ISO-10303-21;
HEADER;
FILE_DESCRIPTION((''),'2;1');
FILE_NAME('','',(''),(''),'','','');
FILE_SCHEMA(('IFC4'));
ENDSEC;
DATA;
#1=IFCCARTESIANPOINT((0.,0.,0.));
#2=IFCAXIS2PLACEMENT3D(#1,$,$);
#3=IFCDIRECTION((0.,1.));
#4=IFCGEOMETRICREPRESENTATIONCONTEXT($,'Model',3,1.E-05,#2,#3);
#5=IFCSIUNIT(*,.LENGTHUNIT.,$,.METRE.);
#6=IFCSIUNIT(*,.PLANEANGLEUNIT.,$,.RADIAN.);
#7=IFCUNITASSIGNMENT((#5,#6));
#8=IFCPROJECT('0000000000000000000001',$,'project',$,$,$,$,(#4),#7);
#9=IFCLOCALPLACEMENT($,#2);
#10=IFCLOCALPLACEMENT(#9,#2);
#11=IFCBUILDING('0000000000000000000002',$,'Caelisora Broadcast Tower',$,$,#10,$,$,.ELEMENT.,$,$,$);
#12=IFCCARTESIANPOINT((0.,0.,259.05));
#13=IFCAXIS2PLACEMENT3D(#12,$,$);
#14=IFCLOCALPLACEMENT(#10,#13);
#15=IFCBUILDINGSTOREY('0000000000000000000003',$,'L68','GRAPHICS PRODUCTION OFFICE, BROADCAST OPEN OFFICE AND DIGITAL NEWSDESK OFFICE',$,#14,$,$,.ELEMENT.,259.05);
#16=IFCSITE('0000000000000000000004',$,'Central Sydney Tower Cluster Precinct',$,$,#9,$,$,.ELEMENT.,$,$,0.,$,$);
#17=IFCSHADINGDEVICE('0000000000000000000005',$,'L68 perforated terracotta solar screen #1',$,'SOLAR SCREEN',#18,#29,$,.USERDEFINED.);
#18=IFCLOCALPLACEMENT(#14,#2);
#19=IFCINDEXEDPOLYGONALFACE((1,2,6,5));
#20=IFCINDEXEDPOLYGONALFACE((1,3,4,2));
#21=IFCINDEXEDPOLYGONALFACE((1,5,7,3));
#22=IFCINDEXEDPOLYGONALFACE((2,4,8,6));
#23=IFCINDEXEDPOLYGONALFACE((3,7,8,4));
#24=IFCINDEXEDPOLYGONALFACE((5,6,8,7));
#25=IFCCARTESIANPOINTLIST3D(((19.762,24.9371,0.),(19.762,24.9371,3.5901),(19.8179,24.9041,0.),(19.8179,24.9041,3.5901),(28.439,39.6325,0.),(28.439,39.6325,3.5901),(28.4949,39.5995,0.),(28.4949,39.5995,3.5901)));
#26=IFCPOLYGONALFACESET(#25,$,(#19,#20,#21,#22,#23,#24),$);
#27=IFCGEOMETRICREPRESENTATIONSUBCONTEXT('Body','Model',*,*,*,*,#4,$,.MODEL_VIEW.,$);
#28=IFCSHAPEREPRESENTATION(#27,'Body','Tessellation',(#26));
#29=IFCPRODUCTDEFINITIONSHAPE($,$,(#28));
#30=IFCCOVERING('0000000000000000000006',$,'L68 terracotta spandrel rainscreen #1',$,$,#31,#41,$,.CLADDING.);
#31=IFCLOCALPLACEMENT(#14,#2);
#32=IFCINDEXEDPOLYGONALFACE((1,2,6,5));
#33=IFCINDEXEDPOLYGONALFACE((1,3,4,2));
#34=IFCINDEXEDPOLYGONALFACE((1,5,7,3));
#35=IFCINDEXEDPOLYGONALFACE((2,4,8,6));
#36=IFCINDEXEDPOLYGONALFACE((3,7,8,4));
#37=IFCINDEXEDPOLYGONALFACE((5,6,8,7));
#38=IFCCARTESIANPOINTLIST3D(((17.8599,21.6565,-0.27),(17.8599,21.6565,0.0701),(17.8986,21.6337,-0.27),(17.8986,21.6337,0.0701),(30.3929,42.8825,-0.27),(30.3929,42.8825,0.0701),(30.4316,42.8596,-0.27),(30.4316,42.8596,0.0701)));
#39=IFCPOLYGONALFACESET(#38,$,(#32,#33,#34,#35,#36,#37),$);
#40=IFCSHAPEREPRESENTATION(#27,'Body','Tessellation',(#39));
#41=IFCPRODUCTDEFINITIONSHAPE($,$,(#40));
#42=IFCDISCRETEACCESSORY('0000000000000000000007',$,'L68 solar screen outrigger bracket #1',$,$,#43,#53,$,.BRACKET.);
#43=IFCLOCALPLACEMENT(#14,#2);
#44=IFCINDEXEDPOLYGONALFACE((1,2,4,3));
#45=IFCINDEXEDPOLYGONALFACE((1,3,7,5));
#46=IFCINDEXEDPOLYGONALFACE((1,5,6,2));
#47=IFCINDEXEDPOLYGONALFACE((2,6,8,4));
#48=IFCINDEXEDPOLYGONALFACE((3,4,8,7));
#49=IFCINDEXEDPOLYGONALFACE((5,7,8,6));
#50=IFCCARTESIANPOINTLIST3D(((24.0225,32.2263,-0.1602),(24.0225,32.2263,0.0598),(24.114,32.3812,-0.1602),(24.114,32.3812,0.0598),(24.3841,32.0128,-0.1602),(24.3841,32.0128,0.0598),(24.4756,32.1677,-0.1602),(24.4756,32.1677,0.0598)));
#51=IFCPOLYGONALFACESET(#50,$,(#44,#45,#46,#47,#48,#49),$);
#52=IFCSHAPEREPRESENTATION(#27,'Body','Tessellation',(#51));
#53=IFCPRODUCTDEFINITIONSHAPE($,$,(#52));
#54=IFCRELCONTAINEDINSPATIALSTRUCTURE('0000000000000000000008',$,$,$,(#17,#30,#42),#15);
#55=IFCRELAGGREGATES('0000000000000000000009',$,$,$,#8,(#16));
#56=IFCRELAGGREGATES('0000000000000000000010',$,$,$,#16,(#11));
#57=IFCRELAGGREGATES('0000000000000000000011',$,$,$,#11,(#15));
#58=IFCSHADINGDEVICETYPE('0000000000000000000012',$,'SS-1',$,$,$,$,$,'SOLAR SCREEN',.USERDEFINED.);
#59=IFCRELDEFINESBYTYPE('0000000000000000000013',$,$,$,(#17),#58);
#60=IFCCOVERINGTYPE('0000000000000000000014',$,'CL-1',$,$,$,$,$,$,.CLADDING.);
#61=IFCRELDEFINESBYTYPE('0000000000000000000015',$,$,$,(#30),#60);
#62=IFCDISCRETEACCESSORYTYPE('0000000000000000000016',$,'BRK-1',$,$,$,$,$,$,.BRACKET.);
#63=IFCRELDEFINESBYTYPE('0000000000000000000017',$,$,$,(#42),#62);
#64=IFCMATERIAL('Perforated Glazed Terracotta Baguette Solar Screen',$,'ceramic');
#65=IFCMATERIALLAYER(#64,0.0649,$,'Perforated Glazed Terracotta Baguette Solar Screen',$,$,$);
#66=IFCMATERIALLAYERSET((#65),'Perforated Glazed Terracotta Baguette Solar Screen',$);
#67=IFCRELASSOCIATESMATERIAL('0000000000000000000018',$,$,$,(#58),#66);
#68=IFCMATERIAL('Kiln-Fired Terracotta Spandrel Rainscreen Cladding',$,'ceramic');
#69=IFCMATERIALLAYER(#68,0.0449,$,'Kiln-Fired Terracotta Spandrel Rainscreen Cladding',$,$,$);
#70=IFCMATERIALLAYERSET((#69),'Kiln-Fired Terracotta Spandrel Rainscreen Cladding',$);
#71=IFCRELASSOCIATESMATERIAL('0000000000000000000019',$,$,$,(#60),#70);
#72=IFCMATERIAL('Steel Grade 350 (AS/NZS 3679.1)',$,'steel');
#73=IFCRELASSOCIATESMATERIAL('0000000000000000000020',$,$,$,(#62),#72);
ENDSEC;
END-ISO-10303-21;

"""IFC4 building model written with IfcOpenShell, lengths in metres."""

from ifc_helpers import new_model, si_unit, direction, frame, origin, origin_2d, place, context, subcontext, project, spatial, rectangle, extrude, source, transform, mapped, material, layer, layer_set, type_object, type_shapes, element, save


model = new_model("IFC4")

# Units and contexts
model_context = context("Model", 3, precision=1e-05, world=origin(), true_north=direction((0.0, 1.0)))
body_context = subcontext(model_context, "Body", "Model", "MODEL_VIEW")
ifc_project = project(units=[si_unit("LENGTHUNIT", "METRE"), si_unit("PLANEANGLEUNIT", "RADIAN")], contexts=[model_context])

# Site, building, storey
site_placement = place(None, origin())
site = spatial("IfcSite", under=ifc_project, at=site_placement, Name="Central Sydney Tower Cluster Precinct", CompositionType="ELEMENT", RefElevation=0.0)
building_placement = place(site_placement, origin())
building = spatial("IfcBuilding", under=site, at=building_placement, Name="Caelisora Broadcast Tower", CompositionType="ELEMENT")
storey_placement = place(building_placement, frame((0.0, 0.0, 259.05)))
storey = spatial("IfcBuildingStorey", under=building, at=storey_placement, Name="L68", Description="GRAPHICS PRODUCTION OFFICE, BROADCAST OPEN OFFICE AND DIGITAL NEWSDESK OFFICE", CompositionType="ELEMENT", Elevation=259.05)

# Shared definitions
ifc_material_1 = material(Name="Steel Grade 350 (AS/NZS 3679.1)", Category="steel")

# Shading device
ifc_material_2 = material(Name="Perforated Glazed Terracotta Baguette Solar Screen", Category="ceramic")
ifc_layer_1 = layer(ifc_material_2, 0.0649, Name="Perforated Glazed Terracotta Baguette Solar Screen")
ifc_layer_set_1 = layer_set([ifc_layer_1], Name="Perforated Glazed Terracotta Baguette Solar Screen")
shading_device_type = type_object("IfcShadingDeviceType", Name="SS-1", ElementType="SOLAR SCREEN", PredefinedType="USERDEFINED", material=ifc_layer_set_1)
shared_shape_1 = source(origin(), body_context, "Body", "SweptSolid", [
    extrude(rectangle(XDim=17.0659, YDim=0.0649, at=origin_2d()), origin(), (0.0, 0.0, 1.0), 3.5901),
])
type_shapes(shading_device_type, [shared_shape_1])
shading_device_placement = place(storey_placement, frame((24.1284, 32.2683, 0.0), z_axis=(0.0, 0.0, 1.0), x_axis=(-0.50844, -0.861097, 0.0)))
element("IfcShadingDevice", 1, at=shading_device_placement, inside=storey, type_object=shading_device_type, Name="L68 perforated terracotta solar screen #1", ObjectType="SOLAR SCREEN", PredefinedType="USERDEFINED", context=body_context, shape_type="MappedRepresentation", body=[
    mapped(shared_shape_1, transform((0.0, 0.0, 0.0), scale=1.0)),
])

# Covering
ifc_material_3 = material(Name="Kiln-Fired Terracotta Spandrel Rainscreen Cladding", Category="ceramic")
ifc_layer_2 = layer(ifc_material_3, 0.0449, Name="Kiln-Fired Terracotta Spandrel Rainscreen Cladding")
ifc_layer_set_2 = layer_set([ifc_layer_2], Name="Kiln-Fired Terracotta Spandrel Rainscreen Cladding")
covering_type = type_object("IfcCoveringType", Name="CL-1", PredefinedType="CLADDING", material=ifc_layer_set_2)
shared_shape_2 = source(origin(), body_context, "Body", "SweptSolid", [
    extrude(rectangle(XDim=24.6499, YDim=0.0449, at=origin_2d()), origin(), (0.0, 0.0, 1.0), 0.3401),
])
type_shapes(covering_type, [shared_shape_2])
covering_placement = place(storey_placement, frame((24.1458, 32.2581, -0.27), z_axis=(0.0, 0.0, 1.0), x_axis=(-0.50844, -0.861097, 0.0)))
element("IfcCovering", 2, at=covering_placement, inside=storey, type_object=covering_type, Name="L68 terracotta spandrel rainscreen #1", PredefinedType="CLADDING", context=body_context, shape_type="MappedRepresentation", body=[
    mapped(shared_shape_2, transform((0.0, 0.0, 0.0), scale=1.0)),
])

# Discrete accessory
discrete_accessory_type = type_object("IfcDiscreteAccessoryType", Name="BRK-1", PredefinedType="BRACKET", material=ifc_material_1)
shared_shape_3 = source(origin(), body_context, "Body", "SweptSolid", [
    extrude(rectangle(XDim=0.1799, YDim=0.4199, at=origin_2d()), origin(), (0.0, 0.0, 1.0), 0.22),
])
type_shapes(discrete_accessory_type, [shared_shape_3])
discrete_accessory_placement = place(storey_placement, frame((24.249, 32.197, -0.1602), z_axis=(0.0, 0.0, 1.0), x_axis=(-0.50844, -0.861097, 0.0)))
element("IfcDiscreteAccessory", 3, at=discrete_accessory_placement, inside=storey, type_object=discrete_accessory_type, Name="L68 solar screen outrigger bracket #1", PredefinedType="BRACKET", context=body_context, shape_type="MappedRepresentation", body=[
    mapped(shared_shape_3, transform((0.0, 0.0, 0.0), scale=1.0)),
])

save(model, "model.ifc")
